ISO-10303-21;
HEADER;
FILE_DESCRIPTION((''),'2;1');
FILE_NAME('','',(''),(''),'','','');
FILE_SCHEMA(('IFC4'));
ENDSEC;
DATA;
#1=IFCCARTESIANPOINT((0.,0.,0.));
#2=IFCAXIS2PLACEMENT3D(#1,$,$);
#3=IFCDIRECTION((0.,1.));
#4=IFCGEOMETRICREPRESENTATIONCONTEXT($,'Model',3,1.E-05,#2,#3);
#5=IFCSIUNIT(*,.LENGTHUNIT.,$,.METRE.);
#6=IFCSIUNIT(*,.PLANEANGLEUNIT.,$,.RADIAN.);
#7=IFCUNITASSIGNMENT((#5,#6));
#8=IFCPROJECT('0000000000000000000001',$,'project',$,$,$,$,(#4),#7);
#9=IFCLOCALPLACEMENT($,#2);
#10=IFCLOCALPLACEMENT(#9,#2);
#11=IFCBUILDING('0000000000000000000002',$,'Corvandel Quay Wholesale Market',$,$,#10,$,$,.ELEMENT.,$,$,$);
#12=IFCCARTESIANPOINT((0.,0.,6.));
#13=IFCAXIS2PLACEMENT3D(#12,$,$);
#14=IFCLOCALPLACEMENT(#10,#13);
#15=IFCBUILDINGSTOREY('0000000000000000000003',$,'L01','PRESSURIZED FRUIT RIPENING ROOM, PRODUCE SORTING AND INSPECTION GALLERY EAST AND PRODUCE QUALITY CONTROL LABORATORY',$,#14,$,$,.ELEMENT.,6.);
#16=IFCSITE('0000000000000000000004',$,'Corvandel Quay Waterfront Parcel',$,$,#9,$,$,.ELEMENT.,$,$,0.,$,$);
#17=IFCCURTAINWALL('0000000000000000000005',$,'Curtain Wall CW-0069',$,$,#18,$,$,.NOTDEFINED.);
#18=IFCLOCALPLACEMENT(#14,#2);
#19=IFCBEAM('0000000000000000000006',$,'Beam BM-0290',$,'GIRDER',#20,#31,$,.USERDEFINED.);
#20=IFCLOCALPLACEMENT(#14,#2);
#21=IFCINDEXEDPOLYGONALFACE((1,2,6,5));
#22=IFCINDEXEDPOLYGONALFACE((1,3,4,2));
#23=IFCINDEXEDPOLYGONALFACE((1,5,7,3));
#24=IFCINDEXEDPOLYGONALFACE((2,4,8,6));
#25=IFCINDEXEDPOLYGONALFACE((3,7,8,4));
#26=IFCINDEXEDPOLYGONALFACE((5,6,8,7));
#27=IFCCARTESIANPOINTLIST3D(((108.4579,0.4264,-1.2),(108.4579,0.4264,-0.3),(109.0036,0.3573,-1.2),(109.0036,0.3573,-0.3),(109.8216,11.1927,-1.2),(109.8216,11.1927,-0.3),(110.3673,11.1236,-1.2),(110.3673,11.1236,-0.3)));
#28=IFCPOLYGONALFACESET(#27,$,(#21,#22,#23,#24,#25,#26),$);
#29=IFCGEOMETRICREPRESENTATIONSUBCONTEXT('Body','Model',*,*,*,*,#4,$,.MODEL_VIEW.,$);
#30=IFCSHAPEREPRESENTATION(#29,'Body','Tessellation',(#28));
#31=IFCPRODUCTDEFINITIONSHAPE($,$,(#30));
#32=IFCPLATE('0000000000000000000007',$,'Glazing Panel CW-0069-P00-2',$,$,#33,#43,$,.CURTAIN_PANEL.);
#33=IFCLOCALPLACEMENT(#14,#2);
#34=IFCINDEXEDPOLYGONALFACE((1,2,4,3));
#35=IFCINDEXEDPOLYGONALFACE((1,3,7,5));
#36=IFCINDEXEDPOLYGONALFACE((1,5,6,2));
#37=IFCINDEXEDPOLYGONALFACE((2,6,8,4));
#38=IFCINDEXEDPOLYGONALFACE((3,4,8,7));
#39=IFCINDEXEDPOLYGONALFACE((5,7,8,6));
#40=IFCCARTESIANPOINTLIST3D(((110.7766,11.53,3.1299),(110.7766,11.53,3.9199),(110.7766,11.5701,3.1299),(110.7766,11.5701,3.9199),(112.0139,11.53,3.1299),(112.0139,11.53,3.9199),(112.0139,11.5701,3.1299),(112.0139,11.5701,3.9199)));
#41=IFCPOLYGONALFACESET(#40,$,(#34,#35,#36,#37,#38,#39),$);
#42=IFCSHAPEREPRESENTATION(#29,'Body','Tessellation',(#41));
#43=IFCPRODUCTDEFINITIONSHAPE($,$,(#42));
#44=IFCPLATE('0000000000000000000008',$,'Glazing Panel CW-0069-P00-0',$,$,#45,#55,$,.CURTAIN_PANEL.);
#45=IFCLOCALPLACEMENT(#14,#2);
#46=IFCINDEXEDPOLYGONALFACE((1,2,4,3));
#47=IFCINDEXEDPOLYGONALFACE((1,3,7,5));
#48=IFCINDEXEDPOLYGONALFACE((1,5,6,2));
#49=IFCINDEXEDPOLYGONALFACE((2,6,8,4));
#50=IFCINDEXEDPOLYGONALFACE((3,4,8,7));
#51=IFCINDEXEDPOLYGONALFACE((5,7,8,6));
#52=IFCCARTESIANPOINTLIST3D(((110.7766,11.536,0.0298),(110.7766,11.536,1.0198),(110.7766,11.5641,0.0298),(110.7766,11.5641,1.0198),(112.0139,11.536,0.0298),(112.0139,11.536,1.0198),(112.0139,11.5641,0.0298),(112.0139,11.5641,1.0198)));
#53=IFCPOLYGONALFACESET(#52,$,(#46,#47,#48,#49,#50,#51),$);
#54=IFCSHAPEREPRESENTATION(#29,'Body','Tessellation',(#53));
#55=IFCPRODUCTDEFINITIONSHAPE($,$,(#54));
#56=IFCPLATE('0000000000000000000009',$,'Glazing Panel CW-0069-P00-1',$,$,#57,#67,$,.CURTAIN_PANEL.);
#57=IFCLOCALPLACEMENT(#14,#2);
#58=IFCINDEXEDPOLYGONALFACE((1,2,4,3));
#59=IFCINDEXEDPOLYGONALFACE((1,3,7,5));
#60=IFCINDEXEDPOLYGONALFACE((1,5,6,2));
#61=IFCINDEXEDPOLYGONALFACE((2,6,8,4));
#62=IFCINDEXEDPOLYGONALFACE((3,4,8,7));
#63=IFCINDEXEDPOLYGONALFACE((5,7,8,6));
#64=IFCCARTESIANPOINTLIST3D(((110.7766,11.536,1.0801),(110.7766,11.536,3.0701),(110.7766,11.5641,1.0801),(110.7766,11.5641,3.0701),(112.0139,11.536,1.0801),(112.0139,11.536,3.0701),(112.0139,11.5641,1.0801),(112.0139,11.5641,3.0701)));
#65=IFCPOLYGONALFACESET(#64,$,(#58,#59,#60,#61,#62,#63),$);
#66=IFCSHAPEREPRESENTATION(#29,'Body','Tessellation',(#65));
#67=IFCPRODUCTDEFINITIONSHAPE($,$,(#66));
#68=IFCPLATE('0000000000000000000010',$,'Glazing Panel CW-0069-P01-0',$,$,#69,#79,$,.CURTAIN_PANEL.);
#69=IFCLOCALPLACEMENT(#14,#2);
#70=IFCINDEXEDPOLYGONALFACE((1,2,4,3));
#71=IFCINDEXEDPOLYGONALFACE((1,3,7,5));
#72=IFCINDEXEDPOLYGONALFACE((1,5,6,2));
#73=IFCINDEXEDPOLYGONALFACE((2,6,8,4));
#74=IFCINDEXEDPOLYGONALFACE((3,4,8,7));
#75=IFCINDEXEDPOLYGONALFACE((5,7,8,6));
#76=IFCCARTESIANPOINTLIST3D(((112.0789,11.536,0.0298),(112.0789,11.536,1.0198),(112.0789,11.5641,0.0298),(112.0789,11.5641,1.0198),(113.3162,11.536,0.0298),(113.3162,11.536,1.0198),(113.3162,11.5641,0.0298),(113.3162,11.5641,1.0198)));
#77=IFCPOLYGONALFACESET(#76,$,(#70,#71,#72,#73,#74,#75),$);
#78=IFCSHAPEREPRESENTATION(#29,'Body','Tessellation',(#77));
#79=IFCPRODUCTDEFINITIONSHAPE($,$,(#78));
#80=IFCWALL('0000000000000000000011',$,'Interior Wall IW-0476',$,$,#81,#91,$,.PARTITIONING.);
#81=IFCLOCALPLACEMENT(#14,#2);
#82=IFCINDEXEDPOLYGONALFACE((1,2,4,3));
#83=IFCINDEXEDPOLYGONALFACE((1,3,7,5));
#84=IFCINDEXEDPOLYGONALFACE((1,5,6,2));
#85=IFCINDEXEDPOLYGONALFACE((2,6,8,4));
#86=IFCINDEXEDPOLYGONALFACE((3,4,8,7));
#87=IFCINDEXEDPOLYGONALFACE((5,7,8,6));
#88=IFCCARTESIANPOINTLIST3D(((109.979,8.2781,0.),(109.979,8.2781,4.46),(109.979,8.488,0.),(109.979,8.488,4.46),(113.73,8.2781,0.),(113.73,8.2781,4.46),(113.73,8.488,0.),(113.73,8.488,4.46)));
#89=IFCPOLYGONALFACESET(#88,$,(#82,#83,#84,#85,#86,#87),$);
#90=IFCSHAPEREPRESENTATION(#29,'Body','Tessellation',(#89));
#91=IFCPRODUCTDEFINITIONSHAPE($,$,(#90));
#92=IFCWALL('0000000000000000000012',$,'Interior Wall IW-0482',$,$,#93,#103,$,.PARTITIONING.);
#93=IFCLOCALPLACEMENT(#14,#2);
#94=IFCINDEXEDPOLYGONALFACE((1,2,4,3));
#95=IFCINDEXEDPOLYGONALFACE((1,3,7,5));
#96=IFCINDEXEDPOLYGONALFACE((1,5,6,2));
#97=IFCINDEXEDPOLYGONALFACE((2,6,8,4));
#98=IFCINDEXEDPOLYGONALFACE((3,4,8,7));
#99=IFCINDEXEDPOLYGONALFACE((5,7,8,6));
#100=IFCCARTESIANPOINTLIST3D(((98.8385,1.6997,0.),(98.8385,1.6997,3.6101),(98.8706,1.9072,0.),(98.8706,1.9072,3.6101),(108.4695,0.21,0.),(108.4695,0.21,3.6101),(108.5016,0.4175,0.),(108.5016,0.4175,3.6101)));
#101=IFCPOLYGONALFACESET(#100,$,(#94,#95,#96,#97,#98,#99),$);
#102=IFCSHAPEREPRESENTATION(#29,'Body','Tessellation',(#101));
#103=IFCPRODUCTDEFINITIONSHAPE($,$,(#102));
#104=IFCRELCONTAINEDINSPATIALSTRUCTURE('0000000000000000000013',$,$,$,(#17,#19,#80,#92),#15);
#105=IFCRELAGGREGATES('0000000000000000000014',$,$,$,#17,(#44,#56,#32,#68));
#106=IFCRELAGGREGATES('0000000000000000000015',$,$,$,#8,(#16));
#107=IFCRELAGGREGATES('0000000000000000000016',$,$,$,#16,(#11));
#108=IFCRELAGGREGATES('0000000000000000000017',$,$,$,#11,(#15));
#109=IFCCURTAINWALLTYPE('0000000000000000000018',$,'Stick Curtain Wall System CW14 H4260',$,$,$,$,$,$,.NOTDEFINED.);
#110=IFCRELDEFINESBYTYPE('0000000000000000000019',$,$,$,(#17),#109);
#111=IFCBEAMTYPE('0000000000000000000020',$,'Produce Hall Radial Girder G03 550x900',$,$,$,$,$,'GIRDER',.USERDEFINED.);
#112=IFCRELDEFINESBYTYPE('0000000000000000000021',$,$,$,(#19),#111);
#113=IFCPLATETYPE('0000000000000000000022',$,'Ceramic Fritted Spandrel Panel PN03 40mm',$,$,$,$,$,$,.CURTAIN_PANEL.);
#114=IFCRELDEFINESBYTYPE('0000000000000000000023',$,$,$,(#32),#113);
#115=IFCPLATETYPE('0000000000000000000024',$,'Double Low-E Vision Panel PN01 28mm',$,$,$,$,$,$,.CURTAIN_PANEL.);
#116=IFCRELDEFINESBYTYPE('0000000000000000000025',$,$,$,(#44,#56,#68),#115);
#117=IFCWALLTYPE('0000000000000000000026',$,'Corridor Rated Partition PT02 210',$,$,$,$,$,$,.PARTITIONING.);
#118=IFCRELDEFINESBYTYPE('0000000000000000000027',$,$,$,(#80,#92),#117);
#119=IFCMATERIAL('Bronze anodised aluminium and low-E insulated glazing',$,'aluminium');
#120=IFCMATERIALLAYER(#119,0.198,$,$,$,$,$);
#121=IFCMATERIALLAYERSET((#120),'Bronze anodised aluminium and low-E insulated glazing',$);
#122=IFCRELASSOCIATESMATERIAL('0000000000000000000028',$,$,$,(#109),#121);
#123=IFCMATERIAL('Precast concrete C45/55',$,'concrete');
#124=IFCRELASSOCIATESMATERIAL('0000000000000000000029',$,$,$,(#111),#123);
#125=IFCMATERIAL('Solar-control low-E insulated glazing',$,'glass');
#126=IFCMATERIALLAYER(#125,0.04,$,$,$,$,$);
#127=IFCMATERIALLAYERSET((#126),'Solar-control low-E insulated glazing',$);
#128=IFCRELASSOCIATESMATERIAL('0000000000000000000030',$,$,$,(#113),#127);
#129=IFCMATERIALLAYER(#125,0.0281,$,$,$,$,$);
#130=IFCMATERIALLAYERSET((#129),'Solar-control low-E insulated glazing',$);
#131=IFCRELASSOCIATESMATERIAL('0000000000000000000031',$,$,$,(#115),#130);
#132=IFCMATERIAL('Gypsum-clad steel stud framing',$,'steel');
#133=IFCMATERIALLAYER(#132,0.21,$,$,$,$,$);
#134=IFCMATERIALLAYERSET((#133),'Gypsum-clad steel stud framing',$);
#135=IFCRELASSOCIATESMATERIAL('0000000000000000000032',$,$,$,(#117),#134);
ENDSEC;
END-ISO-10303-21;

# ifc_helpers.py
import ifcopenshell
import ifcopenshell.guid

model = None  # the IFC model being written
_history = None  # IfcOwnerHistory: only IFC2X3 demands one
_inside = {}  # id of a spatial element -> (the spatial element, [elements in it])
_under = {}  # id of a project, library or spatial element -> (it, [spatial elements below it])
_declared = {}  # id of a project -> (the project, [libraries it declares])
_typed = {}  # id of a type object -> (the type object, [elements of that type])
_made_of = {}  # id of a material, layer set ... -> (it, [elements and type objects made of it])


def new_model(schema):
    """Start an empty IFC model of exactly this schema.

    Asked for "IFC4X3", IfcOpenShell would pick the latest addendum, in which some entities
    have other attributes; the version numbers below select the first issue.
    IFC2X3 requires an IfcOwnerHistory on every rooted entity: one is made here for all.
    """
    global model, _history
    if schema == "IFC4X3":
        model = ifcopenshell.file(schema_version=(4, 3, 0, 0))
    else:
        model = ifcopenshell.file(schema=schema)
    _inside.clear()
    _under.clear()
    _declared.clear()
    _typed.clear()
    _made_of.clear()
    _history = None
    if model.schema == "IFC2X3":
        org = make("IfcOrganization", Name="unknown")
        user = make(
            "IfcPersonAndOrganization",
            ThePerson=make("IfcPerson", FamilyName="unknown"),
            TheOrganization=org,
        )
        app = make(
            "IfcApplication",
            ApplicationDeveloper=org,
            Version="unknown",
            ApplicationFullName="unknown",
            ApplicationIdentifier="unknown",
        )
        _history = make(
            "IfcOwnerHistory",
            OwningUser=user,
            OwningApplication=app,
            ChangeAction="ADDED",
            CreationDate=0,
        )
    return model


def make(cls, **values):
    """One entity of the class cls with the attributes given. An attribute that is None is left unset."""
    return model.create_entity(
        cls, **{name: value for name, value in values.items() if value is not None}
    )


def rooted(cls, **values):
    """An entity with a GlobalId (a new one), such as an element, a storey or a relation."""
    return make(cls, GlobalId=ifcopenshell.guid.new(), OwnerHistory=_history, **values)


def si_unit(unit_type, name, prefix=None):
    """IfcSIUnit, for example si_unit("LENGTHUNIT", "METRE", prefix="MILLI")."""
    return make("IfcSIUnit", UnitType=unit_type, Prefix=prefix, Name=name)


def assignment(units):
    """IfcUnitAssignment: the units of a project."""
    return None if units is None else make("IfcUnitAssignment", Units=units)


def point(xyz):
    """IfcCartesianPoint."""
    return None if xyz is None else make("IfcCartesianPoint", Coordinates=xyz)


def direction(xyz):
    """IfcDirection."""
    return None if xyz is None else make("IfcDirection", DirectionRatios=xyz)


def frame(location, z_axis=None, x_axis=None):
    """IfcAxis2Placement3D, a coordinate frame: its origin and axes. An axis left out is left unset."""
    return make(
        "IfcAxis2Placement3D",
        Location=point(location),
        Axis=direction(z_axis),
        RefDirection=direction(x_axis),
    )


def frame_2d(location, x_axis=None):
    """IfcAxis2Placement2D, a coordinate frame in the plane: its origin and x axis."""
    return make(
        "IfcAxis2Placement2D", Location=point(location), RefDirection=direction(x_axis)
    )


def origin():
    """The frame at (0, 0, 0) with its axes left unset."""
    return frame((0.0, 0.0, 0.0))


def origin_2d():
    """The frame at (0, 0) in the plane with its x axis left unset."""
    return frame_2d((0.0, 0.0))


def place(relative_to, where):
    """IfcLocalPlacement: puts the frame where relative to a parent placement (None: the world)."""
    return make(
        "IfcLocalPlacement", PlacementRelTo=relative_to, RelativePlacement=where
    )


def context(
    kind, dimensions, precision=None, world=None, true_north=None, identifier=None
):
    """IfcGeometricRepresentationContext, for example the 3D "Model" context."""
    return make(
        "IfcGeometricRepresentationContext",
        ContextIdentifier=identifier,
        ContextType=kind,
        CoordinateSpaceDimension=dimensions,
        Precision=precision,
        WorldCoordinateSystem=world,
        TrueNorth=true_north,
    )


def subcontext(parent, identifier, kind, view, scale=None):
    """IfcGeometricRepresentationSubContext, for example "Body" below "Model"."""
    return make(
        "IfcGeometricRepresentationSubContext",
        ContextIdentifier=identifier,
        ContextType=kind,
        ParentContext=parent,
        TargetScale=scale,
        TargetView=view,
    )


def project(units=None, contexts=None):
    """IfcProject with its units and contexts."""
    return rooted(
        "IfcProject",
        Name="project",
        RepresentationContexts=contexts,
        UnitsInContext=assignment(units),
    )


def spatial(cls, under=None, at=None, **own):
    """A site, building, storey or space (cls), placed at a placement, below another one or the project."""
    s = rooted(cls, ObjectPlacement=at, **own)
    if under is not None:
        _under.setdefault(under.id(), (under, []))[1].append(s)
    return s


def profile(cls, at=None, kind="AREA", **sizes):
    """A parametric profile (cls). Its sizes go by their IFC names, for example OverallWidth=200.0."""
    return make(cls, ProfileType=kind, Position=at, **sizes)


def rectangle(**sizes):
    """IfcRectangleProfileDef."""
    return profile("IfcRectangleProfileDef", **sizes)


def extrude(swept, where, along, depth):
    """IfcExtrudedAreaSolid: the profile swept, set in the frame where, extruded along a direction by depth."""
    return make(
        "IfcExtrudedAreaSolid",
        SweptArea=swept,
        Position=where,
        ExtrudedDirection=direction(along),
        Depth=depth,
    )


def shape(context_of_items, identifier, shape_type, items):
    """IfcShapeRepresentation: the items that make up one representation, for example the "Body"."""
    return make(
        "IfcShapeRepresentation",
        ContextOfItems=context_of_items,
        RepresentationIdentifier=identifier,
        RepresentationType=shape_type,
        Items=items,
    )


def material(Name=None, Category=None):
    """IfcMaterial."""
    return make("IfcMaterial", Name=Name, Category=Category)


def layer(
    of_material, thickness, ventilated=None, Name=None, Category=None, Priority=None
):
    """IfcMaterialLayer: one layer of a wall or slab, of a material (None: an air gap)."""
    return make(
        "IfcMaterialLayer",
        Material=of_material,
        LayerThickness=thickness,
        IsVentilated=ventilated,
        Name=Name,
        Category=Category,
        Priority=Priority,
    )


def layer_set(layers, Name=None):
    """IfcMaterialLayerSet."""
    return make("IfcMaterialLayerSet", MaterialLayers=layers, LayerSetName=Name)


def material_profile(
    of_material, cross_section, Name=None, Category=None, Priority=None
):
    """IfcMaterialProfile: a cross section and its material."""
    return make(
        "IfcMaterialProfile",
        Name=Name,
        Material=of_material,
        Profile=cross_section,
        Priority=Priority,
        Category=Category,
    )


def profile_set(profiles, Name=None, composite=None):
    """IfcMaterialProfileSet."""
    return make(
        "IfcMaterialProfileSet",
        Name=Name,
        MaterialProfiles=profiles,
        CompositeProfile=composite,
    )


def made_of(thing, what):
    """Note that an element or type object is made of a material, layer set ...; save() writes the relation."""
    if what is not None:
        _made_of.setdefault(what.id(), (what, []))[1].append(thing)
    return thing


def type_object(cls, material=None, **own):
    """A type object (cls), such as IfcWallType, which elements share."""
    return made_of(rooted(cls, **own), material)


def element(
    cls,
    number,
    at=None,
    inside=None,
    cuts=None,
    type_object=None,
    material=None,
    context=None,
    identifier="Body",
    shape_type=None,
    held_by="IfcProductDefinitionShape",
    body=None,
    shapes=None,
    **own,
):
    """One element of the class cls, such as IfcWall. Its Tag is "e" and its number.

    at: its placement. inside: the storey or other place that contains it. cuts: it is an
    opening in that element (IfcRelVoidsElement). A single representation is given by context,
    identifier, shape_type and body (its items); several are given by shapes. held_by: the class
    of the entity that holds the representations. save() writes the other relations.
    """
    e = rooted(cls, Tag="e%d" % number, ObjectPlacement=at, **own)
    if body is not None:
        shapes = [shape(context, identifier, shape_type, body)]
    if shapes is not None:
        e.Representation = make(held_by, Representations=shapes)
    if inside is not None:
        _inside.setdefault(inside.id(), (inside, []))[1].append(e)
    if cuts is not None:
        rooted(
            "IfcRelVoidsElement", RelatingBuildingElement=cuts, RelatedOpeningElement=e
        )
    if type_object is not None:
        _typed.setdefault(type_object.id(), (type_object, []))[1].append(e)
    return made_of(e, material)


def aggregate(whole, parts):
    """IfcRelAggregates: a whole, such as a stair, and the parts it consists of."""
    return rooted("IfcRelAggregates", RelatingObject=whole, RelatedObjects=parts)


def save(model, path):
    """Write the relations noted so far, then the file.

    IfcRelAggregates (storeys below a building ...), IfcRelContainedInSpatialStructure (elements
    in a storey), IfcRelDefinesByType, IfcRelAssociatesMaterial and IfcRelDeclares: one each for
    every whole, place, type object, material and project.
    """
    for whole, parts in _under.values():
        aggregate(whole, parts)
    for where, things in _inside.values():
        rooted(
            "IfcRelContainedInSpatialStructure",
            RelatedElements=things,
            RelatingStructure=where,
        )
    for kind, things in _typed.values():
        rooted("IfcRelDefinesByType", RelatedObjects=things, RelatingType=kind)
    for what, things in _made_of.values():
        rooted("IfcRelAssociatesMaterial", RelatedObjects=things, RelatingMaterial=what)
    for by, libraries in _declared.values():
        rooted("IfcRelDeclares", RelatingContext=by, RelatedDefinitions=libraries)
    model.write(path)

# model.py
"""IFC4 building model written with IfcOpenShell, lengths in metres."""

from ifc_helpers import new_model, si_unit, direction, frame, frame_2d, origin, origin_2d, place, context, subcontext, project, spatial, rectangle, extrude, material, layer, layer_set, material_profile, profile_set, type_object, element, aggregate, save


model = new_model("IFC4")

# Units and contexts
model_context = context("Model", 3, precision=1e-05, world=origin(), true_north=direction((0.0, 1.0)))
body_context = subcontext(model_context, "Body", "Model", "MODEL_VIEW")
ifc_project = project(units=[si_unit("LENGTHUNIT", "METRE"), si_unit("PLANEANGLEUNIT", "RADIAN")], contexts=[model_context])

# Site, building, storey
site_placement = place(None, origin())
site = spatial("IfcSite", under=ifc_project, at=site_placement, Name="Corvandel Quay Waterfront Parcel", CompositionType="ELEMENT", RefElevation=0.0)
building_placement = place(site_placement, origin())
building = spatial("IfcBuilding", under=site, at=building_placement, Name="Corvandel Quay Wholesale Market", CompositionType="ELEMENT")
storey_placement = place(building_placement, frame((0.0, 0.0, 6.0)))
storey = spatial("IfcBuildingStorey", under=building, at=storey_placement, Name="L01", Description="PRESSURIZED FRUIT RIPENING ROOM, PRODUCE SORTING AND INSPECTION GALLERY EAST AND PRODUCE QUALITY CONTROL LABORATORY", CompositionType="ELEMENT", Elevation=6.0)

# Shared definitions
ifc_material_1 = material(Name="Precast concrete C45/55", Category="concrete")

# Curtain wall
ifc_material_2 = material(Name="Bronze anodised aluminium and low-E insulated glazing", Category="aluminium")
ifc_layer_1 = layer(ifc_material_2, 0.198)
ifc_layer_set_1 = layer_set([ifc_layer_1], Name="Bronze anodised aluminium and low-E insulated glazing")
curtain_wall_type = type_object("IfcCurtainWallType", Name="Stick Curtain Wall System CW14 H4260", PredefinedType="NOTDEFINED", material=ifc_layer_set_1)
curtain_wall_placement = place(storey_placement, origin())
curtain_wall = element("IfcCurtainWall", 1, at=curtain_wall_placement, inside=storey, type_object=curtain_wall_type, Name="Curtain Wall CW-0069", PredefinedType="NOTDEFINED")

# Beam
ifc_material_profile_1 = material_profile(ifc_material_1, rectangle(XDim=0.55, YDim=0.8999, at=origin_2d()), Name="PC-GIR-550x900")
ifc_profile_set_1 = profile_set([ifc_material_profile_1], Name="Precast concrete C45/55")
beam_type = type_object("IfcBeamType", Name="Produce Hall Radial Girder G03 550x900", ElementType="GIRDER", PredefinedType="USERDEFINED", material=ifc_profile_set_1)
beam_1_placement = place(storey_placement, frame((108.7307, 0.3918, -0.75), z_axis=(0.125665, 0.992073, 0.0), x_axis=(-0.992073, 0.125665, 0.0)))
element("IfcBeam", 2, at=beam_1_placement, inside=storey, type_object=beam_type, Name="Beam BM-0290", ObjectType="GIRDER", PredefinedType="USERDEFINED", context=body_context, shape_type="SweptSolid", body=[
    extrude(rectangle(XDim=0.55, YDim=0.8999, at=origin_2d()), origin(), (0.0, 0.0, 1.0), 10.8523),
])

# Plates
ifc_material_3 = material(Name="Solar-control low-E insulated glazing", Category="glass")
ifc_layer_2 = layer(ifc_material_3, 0.04)
ifc_layer_set_2 = layer_set([ifc_layer_2], Name="Solar-control low-E insulated glazing")
plate_type_1 = type_object("IfcPlateType", Name="Ceramic Fritted Spandrel Panel PN03 40mm", PredefinedType="CURTAIN_PANEL", material=ifc_layer_set_2)
plate_1_placement = place(storey_placement, frame((111.3953, 11.55, 3.1299), z_axis=(0.0, 0.0, 1.0), x_axis=(1.0, 0.0, 0.0)))
plate_1 = element("IfcPlate", 3, at=plate_1_placement, type_object=plate_type_1, Name="Glazing Panel CW-0069-P00-2", PredefinedType="CURTAIN_PANEL", context=body_context, shape_type="SweptSolid", body=[
    extrude(rectangle(XDim=1.2373, YDim=0.04, at=origin_2d()), origin(), (0.0, 0.0, 1.0), 0.79),
])
ifc_layer_3 = layer(ifc_material_3, 0.0281)
ifc_layer_set_3 = layer_set([ifc_layer_3], Name="Solar-control low-E insulated glazing")
plate_type_2 = type_object("IfcPlateType", Name="Double Low-E Vision Panel PN01 28mm", PredefinedType="CURTAIN_PANEL", material=ifc_layer_set_3)
plate_2_placement = place(storey_placement, frame((111.3953, 11.55, 0.0298), z_axis=(0.0, 0.0, 1.0), x_axis=(1.0, 0.0, 0.0)))
plate_2 = element("IfcPlate", 4, at=plate_2_placement, type_object=plate_type_2, Name="Glazing Panel CW-0069-P00-0", PredefinedType="CURTAIN_PANEL", context=body_context, shape_type="SweptSolid", body=[
    extrude(rectangle(XDim=1.2373, YDim=0.0281, at=origin_2d()), origin(), (0.0, 0.0, 1.0), 0.99),
])
plate_3_placement = place(storey_placement, frame((111.3953, 11.55, 1.0801), z_axis=(0.0, 0.0, 1.0), x_axis=(1.0, 0.0, 0.0)))
plate_3 = element("IfcPlate", 5, at=plate_3_placement, type_object=plate_type_2, Name="Glazing Panel CW-0069-P00-1", PredefinedType="CURTAIN_PANEL", context=body_context, shape_type="SweptSolid", body=[
    extrude(rectangle(XDim=1.2373, YDim=0.0281, at=origin_2d()), origin(), (0.0, 0.0, 1.0), 1.99),
])
plate_4_placement = place(storey_placement, frame((112.6975, 11.55, 0.0298), z_axis=(0.0, 0.0, 1.0), x_axis=(1.0, 0.0, 0.0)))
plate_4 = element("IfcPlate", 6, at=plate_4_placement, type_object=plate_type_2, Name="Glazing Panel CW-0069-P01-0", PredefinedType="CURTAIN_PANEL", context=body_context, shape_type="SweptSolid", body=[
    extrude(rectangle(XDim=1.2373, YDim=0.0281, at=origin_2d()), origin(), (0.0, 0.0, 1.0), 0.99),
])
aggregate(curtain_wall, [plate_2, plate_3, plate_1, plate_4])

# Walls
ifc_material_4 = material(Name="Gypsum-clad steel stud framing", Category="steel")
ifc_layer_4 = layer(ifc_material_4, 0.21)
ifc_layer_set_4 = layer_set([ifc_layer_4], Name="Gypsum-clad steel stud framing")
wall_type = type_object("IfcWallType", Name="Corridor Rated Partition PT02 210", PredefinedType="PARTITIONING", material=ifc_layer_set_4)
wall_1_placement = place(storey_placement, frame((109.979, 8.3831, 0.0), z_axis=(0.0, 0.0, 1.0), x_axis=(1.0, 0.0, 0.0)))
element("IfcWall", 7, at=wall_1_placement, inside=storey, type_object=wall_type, Name="Interior Wall IW-0476", PredefinedType="PARTITIONING", context=body_context, shape_type="SweptSolid", body=[
    extrude(rectangle(XDim=3.751, YDim=0.21, at=frame_2d((1.8755, 0.0))), origin(), (0.0, 0.0, 1.0), 4.46),
])
wall_2_placement = place(storey_placement, frame((108.4856, 0.3137, 0.0), z_axis=(0.0, 0.0, 1.0), x_axis=(-0.988247, 0.152863, 0.0)))
element("IfcWall", 8, at=wall_2_placement, inside=storey, type_object=wall_type, Name="Interior Wall IW-0482", PredefinedType="PARTITIONING", context=body_context, shape_type="SweptSolid", body=[
    extrude(rectangle(XDim=9.7456, YDim=0.21, at=frame_2d((4.8728, 0.0))), origin(), (0.0, 0.0, 1.0), 3.6101),
])

save(model, "model.ifc")
